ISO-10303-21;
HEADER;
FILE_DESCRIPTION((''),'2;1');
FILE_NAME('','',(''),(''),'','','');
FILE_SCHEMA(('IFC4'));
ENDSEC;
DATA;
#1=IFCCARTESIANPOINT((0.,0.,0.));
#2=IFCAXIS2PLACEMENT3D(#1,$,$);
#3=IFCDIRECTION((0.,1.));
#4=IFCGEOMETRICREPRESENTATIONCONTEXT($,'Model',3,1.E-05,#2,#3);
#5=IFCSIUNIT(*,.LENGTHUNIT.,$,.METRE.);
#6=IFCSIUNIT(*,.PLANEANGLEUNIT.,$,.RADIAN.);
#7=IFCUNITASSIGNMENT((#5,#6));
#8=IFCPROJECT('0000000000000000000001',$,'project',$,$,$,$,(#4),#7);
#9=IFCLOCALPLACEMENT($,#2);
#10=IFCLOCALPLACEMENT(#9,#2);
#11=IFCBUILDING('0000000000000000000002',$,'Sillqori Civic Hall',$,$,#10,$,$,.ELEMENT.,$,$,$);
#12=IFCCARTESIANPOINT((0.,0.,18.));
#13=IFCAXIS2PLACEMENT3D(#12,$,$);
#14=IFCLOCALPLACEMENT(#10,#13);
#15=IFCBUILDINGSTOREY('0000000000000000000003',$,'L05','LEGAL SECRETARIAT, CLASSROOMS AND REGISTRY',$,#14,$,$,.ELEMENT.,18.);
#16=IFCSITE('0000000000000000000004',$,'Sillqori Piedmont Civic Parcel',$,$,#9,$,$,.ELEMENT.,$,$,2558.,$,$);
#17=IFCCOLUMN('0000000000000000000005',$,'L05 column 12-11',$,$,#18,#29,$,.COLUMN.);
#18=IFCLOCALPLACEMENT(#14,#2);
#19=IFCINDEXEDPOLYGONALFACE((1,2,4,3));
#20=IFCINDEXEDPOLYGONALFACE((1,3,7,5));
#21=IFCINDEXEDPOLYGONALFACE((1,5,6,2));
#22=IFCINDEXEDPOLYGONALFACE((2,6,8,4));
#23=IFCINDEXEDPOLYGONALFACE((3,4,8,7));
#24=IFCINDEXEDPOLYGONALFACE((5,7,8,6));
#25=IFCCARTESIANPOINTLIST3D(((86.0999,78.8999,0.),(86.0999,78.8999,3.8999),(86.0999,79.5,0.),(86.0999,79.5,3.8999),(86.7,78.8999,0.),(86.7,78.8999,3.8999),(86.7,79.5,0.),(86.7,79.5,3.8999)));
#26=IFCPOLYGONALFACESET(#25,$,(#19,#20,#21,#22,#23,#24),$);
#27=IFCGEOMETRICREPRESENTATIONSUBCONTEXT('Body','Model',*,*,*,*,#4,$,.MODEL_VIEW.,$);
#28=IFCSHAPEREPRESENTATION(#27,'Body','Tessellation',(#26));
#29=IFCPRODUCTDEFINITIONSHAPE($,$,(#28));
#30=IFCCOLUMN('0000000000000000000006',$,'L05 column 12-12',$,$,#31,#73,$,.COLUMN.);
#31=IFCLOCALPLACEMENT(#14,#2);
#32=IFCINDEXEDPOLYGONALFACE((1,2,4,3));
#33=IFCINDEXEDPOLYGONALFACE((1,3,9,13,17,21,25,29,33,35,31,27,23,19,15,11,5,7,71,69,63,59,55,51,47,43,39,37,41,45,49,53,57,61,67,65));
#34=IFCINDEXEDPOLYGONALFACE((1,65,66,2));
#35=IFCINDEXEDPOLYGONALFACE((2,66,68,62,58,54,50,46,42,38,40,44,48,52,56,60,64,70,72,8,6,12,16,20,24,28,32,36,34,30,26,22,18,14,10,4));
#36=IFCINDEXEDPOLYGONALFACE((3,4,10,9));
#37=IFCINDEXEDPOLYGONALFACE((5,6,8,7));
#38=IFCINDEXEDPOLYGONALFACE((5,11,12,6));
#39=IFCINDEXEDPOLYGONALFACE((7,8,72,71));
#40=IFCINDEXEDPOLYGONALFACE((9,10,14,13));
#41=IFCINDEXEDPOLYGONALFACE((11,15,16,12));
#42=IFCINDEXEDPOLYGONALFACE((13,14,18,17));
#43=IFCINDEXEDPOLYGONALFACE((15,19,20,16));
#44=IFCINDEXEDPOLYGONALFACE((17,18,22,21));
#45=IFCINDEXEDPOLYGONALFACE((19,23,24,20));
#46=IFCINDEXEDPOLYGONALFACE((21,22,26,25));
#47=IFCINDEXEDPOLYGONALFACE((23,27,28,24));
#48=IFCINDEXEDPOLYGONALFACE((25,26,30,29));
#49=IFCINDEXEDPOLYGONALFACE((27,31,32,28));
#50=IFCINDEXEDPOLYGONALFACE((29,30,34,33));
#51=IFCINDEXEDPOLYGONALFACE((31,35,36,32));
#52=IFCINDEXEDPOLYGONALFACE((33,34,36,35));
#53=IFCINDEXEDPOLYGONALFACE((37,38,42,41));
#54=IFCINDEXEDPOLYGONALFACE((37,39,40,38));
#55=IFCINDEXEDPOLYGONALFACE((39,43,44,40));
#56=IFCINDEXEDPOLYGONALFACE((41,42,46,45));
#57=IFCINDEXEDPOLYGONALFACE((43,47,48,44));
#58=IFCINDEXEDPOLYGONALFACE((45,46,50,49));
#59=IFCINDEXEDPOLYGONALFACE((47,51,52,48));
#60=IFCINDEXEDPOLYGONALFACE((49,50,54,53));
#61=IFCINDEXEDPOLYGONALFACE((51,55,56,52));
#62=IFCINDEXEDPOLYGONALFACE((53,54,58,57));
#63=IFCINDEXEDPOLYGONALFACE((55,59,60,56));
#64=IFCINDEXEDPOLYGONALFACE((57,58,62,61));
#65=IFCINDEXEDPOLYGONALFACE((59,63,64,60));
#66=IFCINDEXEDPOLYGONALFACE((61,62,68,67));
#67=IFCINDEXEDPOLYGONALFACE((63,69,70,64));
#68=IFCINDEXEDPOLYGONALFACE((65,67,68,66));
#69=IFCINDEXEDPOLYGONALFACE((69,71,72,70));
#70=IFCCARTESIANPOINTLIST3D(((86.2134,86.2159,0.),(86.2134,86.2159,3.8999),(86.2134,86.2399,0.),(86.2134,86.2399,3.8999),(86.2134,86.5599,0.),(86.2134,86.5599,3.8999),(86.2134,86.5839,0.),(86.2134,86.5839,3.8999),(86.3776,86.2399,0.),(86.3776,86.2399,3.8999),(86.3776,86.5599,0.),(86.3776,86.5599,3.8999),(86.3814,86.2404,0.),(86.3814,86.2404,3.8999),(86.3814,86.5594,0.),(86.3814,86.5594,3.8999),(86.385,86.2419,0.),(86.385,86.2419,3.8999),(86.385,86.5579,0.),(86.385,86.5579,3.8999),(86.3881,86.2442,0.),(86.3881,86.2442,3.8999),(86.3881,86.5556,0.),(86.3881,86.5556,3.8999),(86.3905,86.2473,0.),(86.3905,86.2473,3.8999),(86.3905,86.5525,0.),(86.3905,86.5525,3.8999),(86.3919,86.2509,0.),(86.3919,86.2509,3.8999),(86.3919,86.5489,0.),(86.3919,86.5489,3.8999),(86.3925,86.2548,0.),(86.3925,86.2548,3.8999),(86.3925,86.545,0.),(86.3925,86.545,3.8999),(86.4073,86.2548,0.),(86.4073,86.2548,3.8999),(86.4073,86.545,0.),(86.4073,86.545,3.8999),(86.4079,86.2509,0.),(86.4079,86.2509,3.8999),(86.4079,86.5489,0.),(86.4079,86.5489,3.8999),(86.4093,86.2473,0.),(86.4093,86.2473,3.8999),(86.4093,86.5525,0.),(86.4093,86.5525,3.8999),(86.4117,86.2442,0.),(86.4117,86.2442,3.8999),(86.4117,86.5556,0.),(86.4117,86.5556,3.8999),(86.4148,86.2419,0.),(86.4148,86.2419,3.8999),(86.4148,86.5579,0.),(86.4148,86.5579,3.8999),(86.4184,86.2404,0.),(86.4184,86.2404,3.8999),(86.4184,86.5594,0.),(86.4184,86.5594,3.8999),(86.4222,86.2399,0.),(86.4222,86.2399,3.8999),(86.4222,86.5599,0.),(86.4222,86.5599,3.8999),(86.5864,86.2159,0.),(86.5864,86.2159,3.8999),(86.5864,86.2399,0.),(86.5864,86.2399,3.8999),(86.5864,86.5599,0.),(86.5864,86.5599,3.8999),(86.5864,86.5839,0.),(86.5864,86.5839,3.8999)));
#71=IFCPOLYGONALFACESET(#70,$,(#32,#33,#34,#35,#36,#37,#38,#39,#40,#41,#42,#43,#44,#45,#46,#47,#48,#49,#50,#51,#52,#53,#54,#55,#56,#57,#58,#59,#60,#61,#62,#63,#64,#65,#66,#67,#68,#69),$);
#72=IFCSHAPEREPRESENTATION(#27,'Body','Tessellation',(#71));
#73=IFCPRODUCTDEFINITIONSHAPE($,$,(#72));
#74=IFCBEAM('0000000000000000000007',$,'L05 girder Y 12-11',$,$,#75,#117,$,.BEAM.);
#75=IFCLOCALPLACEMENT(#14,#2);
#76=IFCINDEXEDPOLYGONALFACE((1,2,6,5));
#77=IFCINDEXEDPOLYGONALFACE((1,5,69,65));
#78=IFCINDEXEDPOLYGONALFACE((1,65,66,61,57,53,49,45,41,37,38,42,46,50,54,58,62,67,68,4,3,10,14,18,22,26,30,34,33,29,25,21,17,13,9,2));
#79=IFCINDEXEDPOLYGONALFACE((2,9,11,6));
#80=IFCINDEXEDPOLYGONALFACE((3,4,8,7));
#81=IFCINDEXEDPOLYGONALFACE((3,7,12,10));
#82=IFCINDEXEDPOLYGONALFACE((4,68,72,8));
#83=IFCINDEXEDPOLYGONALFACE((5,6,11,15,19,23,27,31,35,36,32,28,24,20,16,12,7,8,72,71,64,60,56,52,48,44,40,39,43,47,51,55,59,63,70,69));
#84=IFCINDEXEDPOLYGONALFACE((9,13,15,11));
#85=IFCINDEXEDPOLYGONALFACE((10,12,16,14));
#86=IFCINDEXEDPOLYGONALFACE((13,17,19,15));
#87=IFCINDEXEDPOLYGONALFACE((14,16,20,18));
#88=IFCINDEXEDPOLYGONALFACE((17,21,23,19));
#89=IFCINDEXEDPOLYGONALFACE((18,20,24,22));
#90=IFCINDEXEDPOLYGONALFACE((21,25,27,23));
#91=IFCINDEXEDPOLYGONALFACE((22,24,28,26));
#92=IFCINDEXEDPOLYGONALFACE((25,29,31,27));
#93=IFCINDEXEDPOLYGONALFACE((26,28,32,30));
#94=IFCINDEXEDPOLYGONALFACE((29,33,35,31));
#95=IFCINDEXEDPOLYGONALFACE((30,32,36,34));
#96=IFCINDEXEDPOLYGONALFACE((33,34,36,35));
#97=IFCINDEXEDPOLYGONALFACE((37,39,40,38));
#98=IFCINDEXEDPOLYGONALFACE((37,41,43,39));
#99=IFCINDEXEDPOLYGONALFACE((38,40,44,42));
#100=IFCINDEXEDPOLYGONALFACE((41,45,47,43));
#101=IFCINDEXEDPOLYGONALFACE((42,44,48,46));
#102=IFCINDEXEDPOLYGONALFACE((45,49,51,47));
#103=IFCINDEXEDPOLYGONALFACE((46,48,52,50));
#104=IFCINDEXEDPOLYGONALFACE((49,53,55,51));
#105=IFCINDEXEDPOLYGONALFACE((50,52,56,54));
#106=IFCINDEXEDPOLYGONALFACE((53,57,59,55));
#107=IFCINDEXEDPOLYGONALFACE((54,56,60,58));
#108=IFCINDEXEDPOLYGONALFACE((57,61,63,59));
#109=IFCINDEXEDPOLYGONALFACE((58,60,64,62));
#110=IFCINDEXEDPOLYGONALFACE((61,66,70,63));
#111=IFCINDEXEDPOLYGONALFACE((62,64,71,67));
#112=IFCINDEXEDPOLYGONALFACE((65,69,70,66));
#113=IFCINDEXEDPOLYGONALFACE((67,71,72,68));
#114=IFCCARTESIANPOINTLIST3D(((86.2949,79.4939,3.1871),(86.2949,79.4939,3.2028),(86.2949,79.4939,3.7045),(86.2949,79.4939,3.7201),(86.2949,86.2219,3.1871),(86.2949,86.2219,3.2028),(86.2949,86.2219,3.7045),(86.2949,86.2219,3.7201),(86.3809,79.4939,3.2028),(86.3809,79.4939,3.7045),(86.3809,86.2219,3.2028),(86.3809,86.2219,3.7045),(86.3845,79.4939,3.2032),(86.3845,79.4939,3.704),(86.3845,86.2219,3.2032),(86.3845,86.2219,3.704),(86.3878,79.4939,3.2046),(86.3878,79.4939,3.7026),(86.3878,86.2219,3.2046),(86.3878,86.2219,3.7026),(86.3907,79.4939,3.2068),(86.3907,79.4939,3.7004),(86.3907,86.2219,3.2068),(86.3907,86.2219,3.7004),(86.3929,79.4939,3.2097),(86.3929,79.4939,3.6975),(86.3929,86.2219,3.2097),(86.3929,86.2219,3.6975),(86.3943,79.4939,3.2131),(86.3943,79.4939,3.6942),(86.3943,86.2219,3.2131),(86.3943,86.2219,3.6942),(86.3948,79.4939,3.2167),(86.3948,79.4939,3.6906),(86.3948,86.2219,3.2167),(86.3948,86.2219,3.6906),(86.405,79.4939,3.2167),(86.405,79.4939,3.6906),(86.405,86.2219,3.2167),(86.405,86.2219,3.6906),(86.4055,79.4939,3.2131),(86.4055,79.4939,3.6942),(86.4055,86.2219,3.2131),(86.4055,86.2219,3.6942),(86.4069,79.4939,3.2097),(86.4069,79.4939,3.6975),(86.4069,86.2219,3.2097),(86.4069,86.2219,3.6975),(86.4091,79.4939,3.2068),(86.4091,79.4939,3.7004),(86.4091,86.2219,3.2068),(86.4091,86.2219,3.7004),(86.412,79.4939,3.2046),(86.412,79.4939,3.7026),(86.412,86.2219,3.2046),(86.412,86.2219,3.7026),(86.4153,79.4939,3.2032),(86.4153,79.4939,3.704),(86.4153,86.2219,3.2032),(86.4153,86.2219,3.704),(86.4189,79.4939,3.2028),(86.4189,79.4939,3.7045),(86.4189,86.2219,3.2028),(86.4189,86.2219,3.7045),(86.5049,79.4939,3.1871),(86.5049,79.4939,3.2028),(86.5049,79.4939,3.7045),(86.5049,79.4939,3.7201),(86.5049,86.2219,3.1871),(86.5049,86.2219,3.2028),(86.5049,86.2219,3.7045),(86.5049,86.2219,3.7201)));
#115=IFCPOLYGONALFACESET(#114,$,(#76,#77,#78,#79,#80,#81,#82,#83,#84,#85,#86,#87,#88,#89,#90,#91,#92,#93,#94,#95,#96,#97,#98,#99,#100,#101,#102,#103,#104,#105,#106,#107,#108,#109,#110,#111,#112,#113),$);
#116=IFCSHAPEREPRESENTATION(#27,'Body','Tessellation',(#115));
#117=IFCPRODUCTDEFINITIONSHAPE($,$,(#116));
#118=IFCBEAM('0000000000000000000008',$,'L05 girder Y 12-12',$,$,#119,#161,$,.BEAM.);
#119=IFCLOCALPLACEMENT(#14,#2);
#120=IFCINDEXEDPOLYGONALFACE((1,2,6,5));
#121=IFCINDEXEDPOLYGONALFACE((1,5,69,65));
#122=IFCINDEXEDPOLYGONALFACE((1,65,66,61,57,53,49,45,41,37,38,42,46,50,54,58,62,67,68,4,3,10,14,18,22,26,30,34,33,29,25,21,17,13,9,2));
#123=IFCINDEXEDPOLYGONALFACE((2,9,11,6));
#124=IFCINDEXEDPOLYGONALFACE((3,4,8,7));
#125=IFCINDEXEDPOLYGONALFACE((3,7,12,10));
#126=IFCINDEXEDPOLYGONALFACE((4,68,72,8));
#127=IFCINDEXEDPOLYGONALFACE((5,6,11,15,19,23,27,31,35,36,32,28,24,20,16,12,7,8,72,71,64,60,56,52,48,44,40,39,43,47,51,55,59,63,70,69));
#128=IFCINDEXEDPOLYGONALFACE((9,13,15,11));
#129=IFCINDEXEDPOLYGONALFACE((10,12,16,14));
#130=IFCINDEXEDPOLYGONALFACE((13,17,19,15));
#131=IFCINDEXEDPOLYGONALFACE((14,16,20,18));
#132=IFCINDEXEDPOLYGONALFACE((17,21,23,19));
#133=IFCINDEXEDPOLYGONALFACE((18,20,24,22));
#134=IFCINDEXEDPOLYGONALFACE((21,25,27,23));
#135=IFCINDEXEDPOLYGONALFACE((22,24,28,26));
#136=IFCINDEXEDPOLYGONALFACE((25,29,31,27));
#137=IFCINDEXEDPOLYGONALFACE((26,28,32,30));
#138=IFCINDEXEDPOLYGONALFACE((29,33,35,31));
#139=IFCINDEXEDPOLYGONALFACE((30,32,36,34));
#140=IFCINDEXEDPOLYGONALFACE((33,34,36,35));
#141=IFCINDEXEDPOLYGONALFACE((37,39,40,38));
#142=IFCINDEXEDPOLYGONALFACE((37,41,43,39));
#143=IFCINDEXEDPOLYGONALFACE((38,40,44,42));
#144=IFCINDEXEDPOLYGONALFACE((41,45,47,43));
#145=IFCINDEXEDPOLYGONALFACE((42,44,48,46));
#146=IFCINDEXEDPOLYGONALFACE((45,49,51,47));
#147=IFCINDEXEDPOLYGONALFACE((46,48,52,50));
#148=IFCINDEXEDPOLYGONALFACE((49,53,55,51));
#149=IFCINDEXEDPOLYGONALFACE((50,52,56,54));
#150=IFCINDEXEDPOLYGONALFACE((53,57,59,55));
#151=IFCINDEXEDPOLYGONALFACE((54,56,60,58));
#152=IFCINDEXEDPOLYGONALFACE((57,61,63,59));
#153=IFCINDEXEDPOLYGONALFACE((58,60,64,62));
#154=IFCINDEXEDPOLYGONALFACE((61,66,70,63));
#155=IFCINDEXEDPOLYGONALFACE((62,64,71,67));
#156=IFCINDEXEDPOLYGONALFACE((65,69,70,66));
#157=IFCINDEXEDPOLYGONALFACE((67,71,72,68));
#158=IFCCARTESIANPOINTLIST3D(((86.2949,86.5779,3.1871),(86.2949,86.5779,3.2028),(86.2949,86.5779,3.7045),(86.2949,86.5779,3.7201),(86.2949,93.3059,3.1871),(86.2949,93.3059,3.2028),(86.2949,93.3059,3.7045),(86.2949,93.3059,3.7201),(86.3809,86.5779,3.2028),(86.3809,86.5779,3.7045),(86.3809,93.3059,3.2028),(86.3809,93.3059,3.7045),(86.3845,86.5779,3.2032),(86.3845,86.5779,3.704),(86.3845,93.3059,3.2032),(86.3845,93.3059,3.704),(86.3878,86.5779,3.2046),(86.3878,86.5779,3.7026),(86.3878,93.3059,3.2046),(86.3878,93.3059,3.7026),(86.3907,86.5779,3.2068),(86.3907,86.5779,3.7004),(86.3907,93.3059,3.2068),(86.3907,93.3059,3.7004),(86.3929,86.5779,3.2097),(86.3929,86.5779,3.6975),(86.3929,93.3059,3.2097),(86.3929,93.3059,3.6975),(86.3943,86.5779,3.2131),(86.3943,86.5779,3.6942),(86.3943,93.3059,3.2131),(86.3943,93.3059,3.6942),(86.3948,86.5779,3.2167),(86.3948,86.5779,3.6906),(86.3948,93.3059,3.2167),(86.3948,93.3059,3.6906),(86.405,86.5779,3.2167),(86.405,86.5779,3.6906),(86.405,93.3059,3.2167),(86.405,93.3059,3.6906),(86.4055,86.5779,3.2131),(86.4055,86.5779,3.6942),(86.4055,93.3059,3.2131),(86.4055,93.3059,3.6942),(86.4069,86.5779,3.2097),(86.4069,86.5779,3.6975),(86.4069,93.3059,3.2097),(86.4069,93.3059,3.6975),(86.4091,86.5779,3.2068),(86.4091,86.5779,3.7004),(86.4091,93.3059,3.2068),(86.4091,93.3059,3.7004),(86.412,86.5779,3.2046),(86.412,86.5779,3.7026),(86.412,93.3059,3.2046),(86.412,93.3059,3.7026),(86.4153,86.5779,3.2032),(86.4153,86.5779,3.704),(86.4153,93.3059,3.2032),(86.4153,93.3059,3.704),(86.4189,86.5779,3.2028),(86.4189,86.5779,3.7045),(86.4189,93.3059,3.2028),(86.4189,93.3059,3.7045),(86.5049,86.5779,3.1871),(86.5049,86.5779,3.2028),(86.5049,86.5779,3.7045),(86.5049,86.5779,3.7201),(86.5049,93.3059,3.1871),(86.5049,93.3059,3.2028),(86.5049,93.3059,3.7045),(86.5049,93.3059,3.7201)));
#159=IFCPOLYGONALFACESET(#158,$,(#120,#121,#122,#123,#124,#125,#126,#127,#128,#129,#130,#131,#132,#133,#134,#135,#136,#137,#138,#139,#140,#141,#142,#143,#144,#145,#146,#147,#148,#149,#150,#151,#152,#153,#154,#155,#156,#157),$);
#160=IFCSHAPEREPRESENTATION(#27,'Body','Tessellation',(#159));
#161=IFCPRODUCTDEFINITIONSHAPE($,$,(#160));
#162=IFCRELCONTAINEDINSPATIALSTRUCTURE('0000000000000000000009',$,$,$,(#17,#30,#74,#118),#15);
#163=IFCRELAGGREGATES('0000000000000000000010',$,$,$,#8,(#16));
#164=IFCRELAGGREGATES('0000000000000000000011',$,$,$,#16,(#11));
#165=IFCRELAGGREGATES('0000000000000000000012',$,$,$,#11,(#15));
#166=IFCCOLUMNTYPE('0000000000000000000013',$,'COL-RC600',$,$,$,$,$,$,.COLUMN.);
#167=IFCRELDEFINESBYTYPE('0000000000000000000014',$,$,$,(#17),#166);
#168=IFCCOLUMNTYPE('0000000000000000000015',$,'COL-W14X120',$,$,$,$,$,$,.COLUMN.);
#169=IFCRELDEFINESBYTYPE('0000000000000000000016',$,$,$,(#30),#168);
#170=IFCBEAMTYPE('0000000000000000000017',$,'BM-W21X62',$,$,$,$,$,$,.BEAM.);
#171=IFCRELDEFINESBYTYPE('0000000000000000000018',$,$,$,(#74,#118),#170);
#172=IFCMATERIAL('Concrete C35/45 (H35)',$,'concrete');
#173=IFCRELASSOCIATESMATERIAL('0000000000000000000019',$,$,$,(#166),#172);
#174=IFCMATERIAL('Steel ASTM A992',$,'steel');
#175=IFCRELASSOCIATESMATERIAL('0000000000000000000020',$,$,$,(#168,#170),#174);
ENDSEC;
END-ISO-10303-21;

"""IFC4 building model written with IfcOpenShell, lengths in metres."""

from ifc_helpers import new_model, si_unit, direction, frame, origin, origin_2d, place, context, subcontext, project, spatial, rectangle, i_section, extrude, material, material_profile, profile_set, type_object, element, save


model = new_model("IFC4")

# Units and contexts
model_context = context("Model", 3, precision=1e-05, world=origin(), true_north=direction((0.0, 1.0)))
body_context = subcontext(model_context, "Body", "Model", "MODEL_VIEW")
ifc_project = project(units=[si_unit("LENGTHUNIT", "METRE"), si_unit("PLANEANGLEUNIT", "RADIAN")], contexts=[model_context])

# Site, building, storey
site_placement = place(None, origin())
site = spatial("IfcSite", under=ifc_project, at=site_placement, Name="Sillqori Piedmont Civic Parcel", CompositionType="ELEMENT", RefElevation=2558.0)
building_placement = place(site_placement, origin())
building = spatial("IfcBuilding", under=site, at=building_placement, Name="Sillqori Civic Hall", CompositionType="ELEMENT")
storey_placement = place(building_placement, frame((0.0, 0.0, 18.0)))
storey = spatial("IfcBuildingStorey", under=building, at=storey_placement, Name="L05", Description="LEGAL SECRETARIAT, CLASSROOMS AND REGISTRY", CompositionType="ELEMENT", Elevation=18.0)

# Columns
ifc_material_1 = material(Name="Concrete C35/45 (H35)", Category="concrete")
ifc_material_profile_1 = material_profile(ifc_material_1, rectangle(XDim=0.6001, YDim=0.6001, at=origin_2d()), Name="RC 600x600")
ifc_profile_set_1 = profile_set([ifc_material_profile_1], Name="Concrete C35/45 (H35)")
column_type_1 = type_object("IfcColumnType", Name="COL-RC600", PredefinedType="COLUMN", material=ifc_profile_set_1)
column_1_placement = place(storey_placement, frame((86.3999, 79.2, 0.0), z_axis=(0.0, 0.0, 1.0), x_axis=(1.0, 0.0, 0.0)))
element("IfcColumn", 1, at=column_1_placement, inside=storey, type_object=column_type_1, Name="L05 column 12-11", PredefinedType="COLUMN", context=body_context, shape_type="SweptSolid", body=[
    extrude(rectangle(XDim=0.6001, YDim=0.6001, at=origin_2d()), origin(), (0.0, 0.0, 1.0), 3.8999),
])
ifc_material_2 = material(Name="Steel ASTM A992", Category="steel")
ifc_material_profile_2 = material_profile(ifc_material_2, i_section(OverallWidth=0.373, OverallDepth=0.3679, WebThickness=0.0149, FlangeThickness=0.0239, FilletRadius=0.0149, at=origin_2d()), Name="W14X120")
ifc_profile_set_2 = profile_set([ifc_material_profile_2], Name="Steel ASTM A992")
column_type_2 = type_object("IfcColumnType", Name="COL-W14X120", PredefinedType="COLUMN", material=ifc_profile_set_2)
column_2_placement = place(storey_placement, frame((86.3999, 86.3999, 0.0), z_axis=(0.0, 0.0, 1.0), x_axis=(1.0, 0.0, 0.0)))
element("IfcColumn", 2, at=column_2_placement, inside=storey, type_object=column_type_2, Name="L05 column 12-12", PredefinedType="COLUMN", context=body_context, shape_type="SweptSolid", body=[
    extrude(i_section(OverallWidth=0.373, OverallDepth=0.3679, WebThickness=0.0149, FlangeThickness=0.0239, FilletRadius=0.0149, at=origin_2d()), origin(), (0.0, 0.0, 1.0), 3.8999),
])

# Beams
ifc_material_profile_3 = material_profile(ifc_material_2, i_section(OverallWidth=0.21, OverallDepth=0.533, WebThickness=0.0103, FlangeThickness=0.0156, FilletRadius=0.0139, at=origin_2d()), Name="W21X62")
ifc_profile_set_3 = profile_set([ifc_material_profile_3], Name="Steel ASTM A992")
beam_type_1 = type_object("IfcBeamType", Name="BM-W21X62", PredefinedType="BEAM", material=ifc_profile_set_3)
for number, where, z_axis, x_axis, name in (
    (3, (86.3999, 79.4939, 3.4536), (0.0, 1.0, 0.0), (-1.0, 0.0, 0.0), "L05 girder Y 12-11"),
    (4, (86.3999, 86.5779, 3.4536), (0.0, 1.0, 0.0), (-1.0, 0.0, 0.0), "L05 girder Y 12-12"),
):
    element("IfcBeam", number, at=place(storey_placement, frame(where, z_axis=z_axis, x_axis=x_axis)), inside=storey, type_object=beam_type_1, Name=name, PredefinedType="BEAM", context=body_context, shape_type="SweptSolid", body=[
        extrude(i_section(OverallWidth=0.21, OverallDepth=0.533, WebThickness=0.0103, FlangeThickness=0.0156, FilletRadius=0.0139, at=origin_2d()), origin(), (0.0, 0.0, 1.0), 6.728),
    ])

save(model, "model.ifc")
